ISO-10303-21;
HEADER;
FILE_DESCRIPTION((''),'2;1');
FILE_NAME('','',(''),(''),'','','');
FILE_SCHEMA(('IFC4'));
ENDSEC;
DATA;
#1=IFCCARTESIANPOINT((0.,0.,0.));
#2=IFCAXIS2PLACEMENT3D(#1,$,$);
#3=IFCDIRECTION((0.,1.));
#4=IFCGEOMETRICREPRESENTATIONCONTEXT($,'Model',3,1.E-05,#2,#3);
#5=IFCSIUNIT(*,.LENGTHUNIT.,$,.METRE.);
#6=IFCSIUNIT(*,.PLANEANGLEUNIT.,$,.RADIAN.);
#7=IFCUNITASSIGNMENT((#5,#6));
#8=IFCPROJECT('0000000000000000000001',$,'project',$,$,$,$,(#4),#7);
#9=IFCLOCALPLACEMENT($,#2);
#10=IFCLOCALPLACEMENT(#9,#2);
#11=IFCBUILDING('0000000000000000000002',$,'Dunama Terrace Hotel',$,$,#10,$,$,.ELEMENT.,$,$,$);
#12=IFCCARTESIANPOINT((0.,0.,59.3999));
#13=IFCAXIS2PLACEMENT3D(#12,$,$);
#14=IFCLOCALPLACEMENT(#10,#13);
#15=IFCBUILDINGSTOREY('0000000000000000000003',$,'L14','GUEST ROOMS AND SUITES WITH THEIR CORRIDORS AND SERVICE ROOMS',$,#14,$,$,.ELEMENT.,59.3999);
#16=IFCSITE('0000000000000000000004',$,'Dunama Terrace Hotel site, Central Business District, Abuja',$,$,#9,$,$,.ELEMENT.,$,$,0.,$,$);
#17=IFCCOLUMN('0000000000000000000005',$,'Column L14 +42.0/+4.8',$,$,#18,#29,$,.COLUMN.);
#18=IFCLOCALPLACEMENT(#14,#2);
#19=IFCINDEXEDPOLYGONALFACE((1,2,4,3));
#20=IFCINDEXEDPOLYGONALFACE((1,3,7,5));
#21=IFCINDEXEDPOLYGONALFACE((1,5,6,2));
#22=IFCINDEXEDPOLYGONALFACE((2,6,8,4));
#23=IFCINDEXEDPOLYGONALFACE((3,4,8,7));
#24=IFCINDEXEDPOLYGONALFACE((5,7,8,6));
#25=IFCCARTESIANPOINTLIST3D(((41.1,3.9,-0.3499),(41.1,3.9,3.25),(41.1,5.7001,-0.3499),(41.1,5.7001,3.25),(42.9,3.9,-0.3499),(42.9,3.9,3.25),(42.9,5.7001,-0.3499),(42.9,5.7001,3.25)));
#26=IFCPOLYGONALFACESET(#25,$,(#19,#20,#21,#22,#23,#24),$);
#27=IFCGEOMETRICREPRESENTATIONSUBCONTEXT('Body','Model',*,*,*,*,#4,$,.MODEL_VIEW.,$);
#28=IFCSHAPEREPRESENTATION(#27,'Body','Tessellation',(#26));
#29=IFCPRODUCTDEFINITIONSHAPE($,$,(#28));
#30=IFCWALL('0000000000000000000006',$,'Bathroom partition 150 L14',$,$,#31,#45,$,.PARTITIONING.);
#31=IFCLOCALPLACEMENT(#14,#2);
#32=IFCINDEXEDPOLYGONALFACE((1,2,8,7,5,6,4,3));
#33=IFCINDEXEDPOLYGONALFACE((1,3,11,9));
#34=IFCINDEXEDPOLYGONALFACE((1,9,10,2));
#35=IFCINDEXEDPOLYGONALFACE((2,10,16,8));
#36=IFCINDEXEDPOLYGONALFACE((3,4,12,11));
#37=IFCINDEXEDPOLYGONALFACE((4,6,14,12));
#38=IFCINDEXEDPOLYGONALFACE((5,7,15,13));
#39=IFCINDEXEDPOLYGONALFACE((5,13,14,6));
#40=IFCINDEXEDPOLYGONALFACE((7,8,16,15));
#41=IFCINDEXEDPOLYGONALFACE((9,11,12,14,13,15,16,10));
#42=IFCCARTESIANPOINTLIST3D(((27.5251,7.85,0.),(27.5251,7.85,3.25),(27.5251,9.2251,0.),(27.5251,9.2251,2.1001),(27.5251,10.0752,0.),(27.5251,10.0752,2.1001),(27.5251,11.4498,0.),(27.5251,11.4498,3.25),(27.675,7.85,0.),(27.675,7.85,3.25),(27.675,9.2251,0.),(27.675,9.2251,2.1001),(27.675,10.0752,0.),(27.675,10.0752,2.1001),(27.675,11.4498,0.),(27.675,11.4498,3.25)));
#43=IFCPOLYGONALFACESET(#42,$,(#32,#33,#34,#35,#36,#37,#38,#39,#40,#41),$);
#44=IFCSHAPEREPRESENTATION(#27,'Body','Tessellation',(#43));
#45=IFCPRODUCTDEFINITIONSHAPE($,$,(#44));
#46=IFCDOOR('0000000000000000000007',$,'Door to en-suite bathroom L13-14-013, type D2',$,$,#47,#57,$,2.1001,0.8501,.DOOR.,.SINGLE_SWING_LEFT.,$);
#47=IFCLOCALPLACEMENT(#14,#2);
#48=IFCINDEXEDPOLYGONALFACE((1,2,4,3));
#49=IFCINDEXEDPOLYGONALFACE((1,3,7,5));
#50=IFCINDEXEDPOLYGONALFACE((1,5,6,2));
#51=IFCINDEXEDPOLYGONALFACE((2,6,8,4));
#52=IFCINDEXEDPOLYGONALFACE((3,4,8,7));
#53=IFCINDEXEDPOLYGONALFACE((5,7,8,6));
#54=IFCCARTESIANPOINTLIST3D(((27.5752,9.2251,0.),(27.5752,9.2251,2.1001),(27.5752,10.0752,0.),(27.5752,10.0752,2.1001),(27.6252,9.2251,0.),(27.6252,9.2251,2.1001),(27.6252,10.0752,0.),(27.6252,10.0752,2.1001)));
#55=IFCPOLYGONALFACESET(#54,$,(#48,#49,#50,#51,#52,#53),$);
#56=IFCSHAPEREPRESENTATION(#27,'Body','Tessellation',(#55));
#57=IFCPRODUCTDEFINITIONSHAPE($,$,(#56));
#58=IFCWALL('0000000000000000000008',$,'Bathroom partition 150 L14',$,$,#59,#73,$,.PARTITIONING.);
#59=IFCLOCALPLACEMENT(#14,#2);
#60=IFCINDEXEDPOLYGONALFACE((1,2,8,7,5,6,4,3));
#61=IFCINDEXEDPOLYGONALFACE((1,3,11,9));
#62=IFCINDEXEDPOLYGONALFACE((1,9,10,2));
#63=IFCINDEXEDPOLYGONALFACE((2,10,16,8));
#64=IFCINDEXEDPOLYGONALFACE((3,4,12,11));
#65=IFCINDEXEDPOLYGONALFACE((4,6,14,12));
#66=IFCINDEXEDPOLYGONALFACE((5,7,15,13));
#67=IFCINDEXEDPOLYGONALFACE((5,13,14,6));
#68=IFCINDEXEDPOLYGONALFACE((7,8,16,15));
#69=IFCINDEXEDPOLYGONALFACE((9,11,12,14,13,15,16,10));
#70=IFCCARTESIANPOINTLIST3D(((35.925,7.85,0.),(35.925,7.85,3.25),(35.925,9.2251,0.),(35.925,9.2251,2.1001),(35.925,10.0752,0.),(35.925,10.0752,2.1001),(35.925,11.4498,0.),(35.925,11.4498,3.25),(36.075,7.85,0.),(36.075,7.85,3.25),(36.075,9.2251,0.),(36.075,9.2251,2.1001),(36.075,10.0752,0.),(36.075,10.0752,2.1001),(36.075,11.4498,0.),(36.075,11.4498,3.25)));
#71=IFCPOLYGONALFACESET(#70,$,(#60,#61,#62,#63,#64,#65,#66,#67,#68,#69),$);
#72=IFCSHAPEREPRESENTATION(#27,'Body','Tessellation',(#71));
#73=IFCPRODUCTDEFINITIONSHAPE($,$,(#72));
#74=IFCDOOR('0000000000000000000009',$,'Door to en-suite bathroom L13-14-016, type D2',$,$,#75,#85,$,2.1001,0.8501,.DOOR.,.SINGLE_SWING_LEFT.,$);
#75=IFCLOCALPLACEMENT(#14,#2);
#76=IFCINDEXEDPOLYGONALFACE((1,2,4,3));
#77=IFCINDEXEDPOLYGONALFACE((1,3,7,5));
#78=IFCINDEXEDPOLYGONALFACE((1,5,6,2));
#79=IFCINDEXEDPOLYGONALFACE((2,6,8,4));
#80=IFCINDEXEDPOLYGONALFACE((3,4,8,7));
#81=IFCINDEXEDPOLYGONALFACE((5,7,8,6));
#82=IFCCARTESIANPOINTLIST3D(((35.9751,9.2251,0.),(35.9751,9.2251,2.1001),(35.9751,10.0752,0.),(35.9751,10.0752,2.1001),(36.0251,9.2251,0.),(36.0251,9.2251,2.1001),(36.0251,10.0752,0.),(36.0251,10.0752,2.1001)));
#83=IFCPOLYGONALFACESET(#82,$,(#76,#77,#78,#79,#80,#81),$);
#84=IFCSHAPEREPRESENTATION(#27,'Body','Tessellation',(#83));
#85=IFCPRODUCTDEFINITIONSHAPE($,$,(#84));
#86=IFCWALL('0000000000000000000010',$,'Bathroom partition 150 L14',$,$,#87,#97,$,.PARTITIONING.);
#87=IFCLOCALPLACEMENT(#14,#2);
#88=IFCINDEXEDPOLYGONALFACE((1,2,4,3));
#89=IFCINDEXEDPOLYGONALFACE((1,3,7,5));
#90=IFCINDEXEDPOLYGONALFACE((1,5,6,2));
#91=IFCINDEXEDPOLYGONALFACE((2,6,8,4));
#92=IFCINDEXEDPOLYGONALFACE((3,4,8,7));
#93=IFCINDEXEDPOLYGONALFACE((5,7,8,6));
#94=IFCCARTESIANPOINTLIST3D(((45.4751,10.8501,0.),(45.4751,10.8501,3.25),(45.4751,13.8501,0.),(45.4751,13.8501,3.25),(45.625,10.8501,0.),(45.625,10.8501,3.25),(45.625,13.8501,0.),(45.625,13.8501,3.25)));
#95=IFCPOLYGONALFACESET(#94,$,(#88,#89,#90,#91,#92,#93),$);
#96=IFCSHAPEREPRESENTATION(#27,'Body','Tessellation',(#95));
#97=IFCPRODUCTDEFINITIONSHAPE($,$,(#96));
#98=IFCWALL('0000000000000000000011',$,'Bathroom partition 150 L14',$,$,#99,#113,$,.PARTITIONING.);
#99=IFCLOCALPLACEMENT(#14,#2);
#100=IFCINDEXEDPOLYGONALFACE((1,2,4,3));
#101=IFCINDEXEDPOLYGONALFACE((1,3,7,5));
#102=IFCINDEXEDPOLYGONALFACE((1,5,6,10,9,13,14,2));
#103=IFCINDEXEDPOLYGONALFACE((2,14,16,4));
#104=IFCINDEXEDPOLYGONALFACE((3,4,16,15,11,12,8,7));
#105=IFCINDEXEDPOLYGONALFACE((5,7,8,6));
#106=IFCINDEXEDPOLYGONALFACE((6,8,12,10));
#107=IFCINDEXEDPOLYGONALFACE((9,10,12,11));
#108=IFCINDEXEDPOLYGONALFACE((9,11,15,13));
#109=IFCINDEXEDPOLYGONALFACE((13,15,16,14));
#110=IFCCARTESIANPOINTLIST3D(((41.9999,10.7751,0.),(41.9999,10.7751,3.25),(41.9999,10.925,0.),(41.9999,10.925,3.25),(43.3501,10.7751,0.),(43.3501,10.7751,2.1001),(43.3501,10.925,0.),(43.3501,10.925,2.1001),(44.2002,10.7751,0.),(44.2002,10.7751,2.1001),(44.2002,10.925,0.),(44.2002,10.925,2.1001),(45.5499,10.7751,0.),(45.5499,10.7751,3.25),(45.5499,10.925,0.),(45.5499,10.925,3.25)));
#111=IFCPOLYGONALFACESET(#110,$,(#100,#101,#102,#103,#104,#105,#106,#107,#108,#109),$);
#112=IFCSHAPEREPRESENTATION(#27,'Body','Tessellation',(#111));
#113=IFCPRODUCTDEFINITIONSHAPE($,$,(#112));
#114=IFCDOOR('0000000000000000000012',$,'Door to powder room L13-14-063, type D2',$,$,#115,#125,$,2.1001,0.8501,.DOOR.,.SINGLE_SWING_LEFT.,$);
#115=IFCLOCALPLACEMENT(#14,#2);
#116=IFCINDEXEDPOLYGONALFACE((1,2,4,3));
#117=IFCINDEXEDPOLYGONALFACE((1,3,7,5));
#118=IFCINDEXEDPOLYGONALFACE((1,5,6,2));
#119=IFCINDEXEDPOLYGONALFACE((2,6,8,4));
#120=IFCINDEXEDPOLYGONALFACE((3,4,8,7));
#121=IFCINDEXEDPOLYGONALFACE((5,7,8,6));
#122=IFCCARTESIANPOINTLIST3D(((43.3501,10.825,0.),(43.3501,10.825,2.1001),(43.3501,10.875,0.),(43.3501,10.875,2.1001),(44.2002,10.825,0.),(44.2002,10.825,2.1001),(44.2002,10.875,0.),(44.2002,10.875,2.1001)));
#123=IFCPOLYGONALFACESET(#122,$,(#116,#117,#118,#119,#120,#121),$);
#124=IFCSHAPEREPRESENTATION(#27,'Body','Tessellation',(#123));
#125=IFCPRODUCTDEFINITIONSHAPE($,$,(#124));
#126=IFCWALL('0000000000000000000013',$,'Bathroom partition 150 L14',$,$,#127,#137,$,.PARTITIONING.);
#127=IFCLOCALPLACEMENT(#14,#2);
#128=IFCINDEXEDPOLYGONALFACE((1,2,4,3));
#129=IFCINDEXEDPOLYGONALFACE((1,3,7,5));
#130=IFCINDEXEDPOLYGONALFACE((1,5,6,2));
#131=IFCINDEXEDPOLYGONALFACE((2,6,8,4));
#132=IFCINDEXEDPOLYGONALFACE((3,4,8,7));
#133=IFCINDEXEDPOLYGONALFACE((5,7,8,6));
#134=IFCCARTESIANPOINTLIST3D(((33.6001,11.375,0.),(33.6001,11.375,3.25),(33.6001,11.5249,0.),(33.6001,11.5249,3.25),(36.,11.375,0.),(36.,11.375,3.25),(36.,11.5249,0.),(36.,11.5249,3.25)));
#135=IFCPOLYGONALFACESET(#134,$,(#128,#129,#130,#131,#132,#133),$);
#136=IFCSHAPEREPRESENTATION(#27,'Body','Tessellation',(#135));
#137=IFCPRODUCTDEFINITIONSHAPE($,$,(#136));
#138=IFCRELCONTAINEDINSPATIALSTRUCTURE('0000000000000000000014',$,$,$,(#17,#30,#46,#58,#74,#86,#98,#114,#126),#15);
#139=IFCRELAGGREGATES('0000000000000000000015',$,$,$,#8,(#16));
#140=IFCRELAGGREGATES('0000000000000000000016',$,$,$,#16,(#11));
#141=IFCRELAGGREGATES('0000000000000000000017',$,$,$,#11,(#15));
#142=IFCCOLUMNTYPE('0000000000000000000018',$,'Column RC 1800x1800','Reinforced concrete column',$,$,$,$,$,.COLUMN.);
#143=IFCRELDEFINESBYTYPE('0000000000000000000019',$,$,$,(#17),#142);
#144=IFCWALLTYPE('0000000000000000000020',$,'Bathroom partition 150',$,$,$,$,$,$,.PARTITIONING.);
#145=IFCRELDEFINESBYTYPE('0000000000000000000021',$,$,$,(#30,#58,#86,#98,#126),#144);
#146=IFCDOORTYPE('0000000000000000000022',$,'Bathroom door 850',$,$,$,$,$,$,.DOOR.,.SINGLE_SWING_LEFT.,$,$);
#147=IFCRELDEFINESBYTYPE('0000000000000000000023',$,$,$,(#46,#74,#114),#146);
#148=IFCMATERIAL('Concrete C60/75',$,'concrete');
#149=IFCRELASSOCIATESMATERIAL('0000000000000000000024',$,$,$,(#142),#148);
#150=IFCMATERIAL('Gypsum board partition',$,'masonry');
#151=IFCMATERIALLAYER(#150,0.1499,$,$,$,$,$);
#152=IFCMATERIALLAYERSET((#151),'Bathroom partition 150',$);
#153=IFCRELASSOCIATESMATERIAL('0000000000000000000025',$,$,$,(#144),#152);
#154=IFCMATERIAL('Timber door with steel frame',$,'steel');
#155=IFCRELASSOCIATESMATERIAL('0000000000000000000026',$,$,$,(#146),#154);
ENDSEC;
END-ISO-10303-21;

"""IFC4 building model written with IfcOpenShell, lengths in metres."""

from ifc_helpers import new_model, si_unit, direction, frame, frame_2d, origin, origin_2d, place, context, subcontext, project, spatial, rectangle, extrude, material, layer, layer_set, material_profile, profile_set, type_object, element, fill, save


model = new_model("IFC4")

# Units and contexts
model_context = context("Model", 3, precision=1e-05, world=origin(), true_north=direction((0.0, 1.0)))
body_context = subcontext(model_context, "Body", "Model", "MODEL_VIEW")
ifc_project = project(units=[si_unit("LENGTHUNIT", "METRE"), si_unit("PLANEANGLEUNIT", "RADIAN")], contexts=[model_context])

# Site, building, storey
site_placement = place(None, origin())
site = spatial("IfcSite", under=ifc_project, at=site_placement, Name="Dunama Terrace Hotel site, Central Business District, Abuja", CompositionType="ELEMENT", RefElevation=0.0)
building_placement = place(site_placement, origin())
building = spatial("IfcBuilding", under=site, at=building_placement, Name="Dunama Terrace Hotel", CompositionType="ELEMENT")
storey_placement = place(building_placement, frame((0.0, 0.0, 59.3999)))
storey = spatial("IfcBuildingStorey", under=building, at=storey_placement, Name="L14", Description="GUEST ROOMS AND SUITES WITH THEIR CORRIDORS AND SERVICE ROOMS", CompositionType="ELEMENT", Elevation=59.3999)

# Column
ifc_material_1 = material(Name="Concrete C60/75", Category="concrete")
ifc_material_profile = material_profile(ifc_material_1, rectangle(XDim=1.8, YDim=1.8, at=origin_2d()), Name="RC 1800x1800")
ifc_profile_set = profile_set([ifc_material_profile], Name="Concrete C60/75")
column_type = type_object("IfcColumnType", Name="Column RC 1800x1800", Description="Reinforced concrete column", PredefinedType="COLUMN", material=ifc_profile_set)
column_placement = place(storey_placement, frame((42.0, 4.8, -0.3499), z_axis=(0.0, 0.0, 1.0), x_axis=(1.0, 0.0, 0.0)))
element("IfcColumn", 1, at=column_placement, inside=storey, type_object=column_type, Name="Column L14 +42.0/+4.8", PredefinedType="COLUMN", context=body_context, shape_type="SweptSolid", body=[
    extrude(rectangle(XDim=1.8, YDim=1.8, at=origin_2d()), origin(), (0.0, 0.0, 1.0), 3.5999),
])

# Walls, openings, doors
ifc_material_2 = material(Name="Gypsum board partition", Category="masonry")
ifc_layer_1 = layer(ifc_material_2, 0.1499)
ifc_layer_set_1 = layer_set([ifc_layer_1], Name="Bathroom partition 150")
wall_type_1 = type_object("IfcWallType", Name="Bathroom partition 150", PredefinedType="PARTITIONING", material=ifc_layer_set_1)
wall_1_placement = place(storey_placement, frame((27.6001, 7.8501, 0.0), z_axis=(0.0, 0.0, 1.0), x_axis=(0.0, 1.0, 0.0)))
wall_1 = element("IfcWall", 2, at=wall_1_placement, inside=storey, type_object=wall_type_1, Name="Bathroom partition 150 L14", PredefinedType="PARTITIONING", context=body_context, shape_type="SweptSolid", body=[
    extrude(rectangle(XDim=3.5999, YDim=0.1499, at=frame_2d((1.7998, 0.0))), origin(), (0.0, 0.0, 1.0), 3.25),
])
opening_1_placement = place(wall_1_placement, frame((1.375, 0.0, 0.0)))
opening_1 = element("IfcOpeningElement", 3, at=opening_1_placement, cuts=wall_1, PredefinedType="OPENING", context=body_context, shape_type="SweptSolid", body=[
    extrude(rectangle(XDim=0.8501, YDim=2.1001, at=frame_2d((0.425, 1.05))), frame((0.0, 0.085, 0.0), z_axis=(0.0, -1.0, 0.0), x_axis=(1.0, 0.0, 0.0)), (0.0, 0.0, 1.0), 0.1699),
])
ifc_material_3 = material(Name="Timber door with steel frame", Category="steel")
door_type_1 = type_object("IfcDoorType", Name="Bathroom door 850", OperationType="SINGLE_SWING_LEFT", PredefinedType="DOOR", material=ifc_material_3)
door_1_placement = place(opening_1_placement, origin())
door_1 = element("IfcDoor", 4, at=door_1_placement, inside=storey, type_object=door_type_1, Name="Door to en-suite bathroom L13-14-013, type D2", OperationType="SINGLE_SWING_LEFT", OverallHeight=2.1001, OverallWidth=0.8501, PredefinedType="DOOR", context=body_context, shape_type="SweptSolid", body=[
    extrude(rectangle(XDim=0.8501, YDim=2.1001, at=frame_2d((0.425, 1.05))), frame((0.0, 0.0249, 0.0), z_axis=(0.0, -1.0, 0.0), x_axis=(1.0, 0.0, 0.0)), (0.0, 0.0, 1.0), 0.05),
])
fill(opening_1, door_1)
wall_2_placement = place(storey_placement, frame((36.0, 7.8501, 0.0), z_axis=(0.0, 0.0, 1.0), x_axis=(0.0, 1.0, 0.0)))
wall_2 = element("IfcWall", 5, at=wall_2_placement, inside=storey, type_object=wall_type_1, Name="Bathroom partition 150 L14", PredefinedType="PARTITIONING", context=body_context, shape_type="SweptSolid", body=[
    extrude(rectangle(XDim=3.5999, YDim=0.1499, at=frame_2d((1.7998, 0.0))), origin(), (0.0, 0.0, 1.0), 3.25),
])
opening_2_placement = place(wall_2_placement, frame((1.375, 0.0, 0.0)))
opening_2 = element("IfcOpeningElement", 6, at=opening_2_placement, cuts=wall_2, PredefinedType="OPENING", context=body_context, shape_type="SweptSolid", body=[
    extrude(rectangle(XDim=0.8501, YDim=2.1001, at=frame_2d((0.425, 1.05))), frame((0.0, 0.085, 0.0), z_axis=(0.0, -1.0, 0.0), x_axis=(1.0, 0.0, 0.0)), (0.0, 0.0, 1.0), 0.1699),
])
door_2_placement = place(opening_2_placement, origin())
door_2 = element("IfcDoor", 7, at=door_2_placement, inside=storey, type_object=door_type_1, Name="Door to en-suite bathroom L13-14-016, type D2", OperationType="SINGLE_SWING_LEFT", OverallHeight=2.1001, OverallWidth=0.8501, PredefinedType="DOOR", context=body_context, shape_type="SweptSolid", body=[
    extrude(rectangle(XDim=0.8501, YDim=2.1001, at=frame_2d((0.425, 1.05))), frame((0.0, 0.0249, 0.0), z_axis=(0.0, -1.0, 0.0), x_axis=(1.0, 0.0, 0.0)), (0.0, 0.0, 1.0), 0.05),
])
fill(opening_2, door_2)

# Wall
wall_3_placement = place(storey_placement, frame((45.55, 10.8501, 0.0), z_axis=(0.0, 0.0, 1.0), x_axis=(0.0, 1.0, 0.0)))
element("IfcWall", 8, at=wall_3_placement, inside=storey, type_object=wall_type_1, Name="Bathroom partition 150 L14", PredefinedType="PARTITIONING", context=body_context, shape_type="SweptSolid", body=[
    extrude(rectangle(XDim=3.0, YDim=0.1499, at=frame_2d((1.5, 0.0))), origin(), (0.0, 0.0, 1.0), 3.25),
])

# Wall, opening, door
wall_4_placement = place(storey_placement, frame((42.0, 10.8501, 0.0), z_axis=(0.0, 0.0, 1.0), x_axis=(1.0, 0.0, 0.0)))
wall_4 = element("IfcWall", 9, at=wall_4_placement, inside=storey, type_object=wall_type_1, Name="Bathroom partition 150 L14", PredefinedType="PARTITIONING", context=body_context, shape_type="SweptSolid", body=[
    extrude(rectangle(XDim=3.55, YDim=0.1499, at=frame_2d((1.7749, 0.0))), origin(), (0.0, 0.0, 1.0), 3.25),
])
opening_3_placement = place(wall_4_placement, frame((1.3501, 0.0, 0.0)))
opening_3 = element("IfcOpeningElement", 10, at=opening_3_placement, cuts=wall_4, PredefinedType="OPENING", context=body_context, shape_type="SweptSolid", body=[
    extrude(rectangle(XDim=0.8501, YDim=2.1001, at=frame_2d((0.425, 1.05))), frame((0.0, 0.085, 0.0), z_axis=(0.0, -1.0, 0.0), x_axis=(1.0, 0.0, 0.0)), (0.0, 0.0, 1.0), 0.1699),
])
door_3_placement = place(opening_3_placement, origin())
door_3 = element("IfcDoor", 11, at=door_3_placement, inside=storey, type_object=door_type_1, Name="Door to powder room L13-14-063, type D2", OperationType="SINGLE_SWING_LEFT", OverallHeight=2.1001, OverallWidth=0.8501, PredefinedType="DOOR", context=body_context, shape_type="SweptSolid", body=[
    extrude(rectangle(XDim=0.8501, YDim=2.1001, at=frame_2d((0.425, 1.05))), frame((0.0, 0.0249, 0.0), z_axis=(0.0, -1.0, 0.0), x_axis=(1.0, 0.0, 0.0)), (0.0, 0.0, 1.0), 0.05),
])
fill(opening_3, door_3)

# Wall
wall_5_placement = place(storey_placement, frame((33.6001, 11.45, 0.0), z_axis=(0.0, 0.0, 1.0), x_axis=(1.0, 0.0, 0.0)))
element("IfcWall", 12, at=wall_5_placement, inside=storey, type_object=wall_type_1, Name="Bathroom partition 150 L14", PredefinedType="PARTITIONING", context=body_context, shape_type="SweptSolid", body=[
    extrude(rectangle(XDim=2.3999, YDim=0.1499, at=frame_2d((1.2, 0.0))), origin(), (0.0, 0.0, 1.0), 3.25),
])

save(model, "model.ifc")
